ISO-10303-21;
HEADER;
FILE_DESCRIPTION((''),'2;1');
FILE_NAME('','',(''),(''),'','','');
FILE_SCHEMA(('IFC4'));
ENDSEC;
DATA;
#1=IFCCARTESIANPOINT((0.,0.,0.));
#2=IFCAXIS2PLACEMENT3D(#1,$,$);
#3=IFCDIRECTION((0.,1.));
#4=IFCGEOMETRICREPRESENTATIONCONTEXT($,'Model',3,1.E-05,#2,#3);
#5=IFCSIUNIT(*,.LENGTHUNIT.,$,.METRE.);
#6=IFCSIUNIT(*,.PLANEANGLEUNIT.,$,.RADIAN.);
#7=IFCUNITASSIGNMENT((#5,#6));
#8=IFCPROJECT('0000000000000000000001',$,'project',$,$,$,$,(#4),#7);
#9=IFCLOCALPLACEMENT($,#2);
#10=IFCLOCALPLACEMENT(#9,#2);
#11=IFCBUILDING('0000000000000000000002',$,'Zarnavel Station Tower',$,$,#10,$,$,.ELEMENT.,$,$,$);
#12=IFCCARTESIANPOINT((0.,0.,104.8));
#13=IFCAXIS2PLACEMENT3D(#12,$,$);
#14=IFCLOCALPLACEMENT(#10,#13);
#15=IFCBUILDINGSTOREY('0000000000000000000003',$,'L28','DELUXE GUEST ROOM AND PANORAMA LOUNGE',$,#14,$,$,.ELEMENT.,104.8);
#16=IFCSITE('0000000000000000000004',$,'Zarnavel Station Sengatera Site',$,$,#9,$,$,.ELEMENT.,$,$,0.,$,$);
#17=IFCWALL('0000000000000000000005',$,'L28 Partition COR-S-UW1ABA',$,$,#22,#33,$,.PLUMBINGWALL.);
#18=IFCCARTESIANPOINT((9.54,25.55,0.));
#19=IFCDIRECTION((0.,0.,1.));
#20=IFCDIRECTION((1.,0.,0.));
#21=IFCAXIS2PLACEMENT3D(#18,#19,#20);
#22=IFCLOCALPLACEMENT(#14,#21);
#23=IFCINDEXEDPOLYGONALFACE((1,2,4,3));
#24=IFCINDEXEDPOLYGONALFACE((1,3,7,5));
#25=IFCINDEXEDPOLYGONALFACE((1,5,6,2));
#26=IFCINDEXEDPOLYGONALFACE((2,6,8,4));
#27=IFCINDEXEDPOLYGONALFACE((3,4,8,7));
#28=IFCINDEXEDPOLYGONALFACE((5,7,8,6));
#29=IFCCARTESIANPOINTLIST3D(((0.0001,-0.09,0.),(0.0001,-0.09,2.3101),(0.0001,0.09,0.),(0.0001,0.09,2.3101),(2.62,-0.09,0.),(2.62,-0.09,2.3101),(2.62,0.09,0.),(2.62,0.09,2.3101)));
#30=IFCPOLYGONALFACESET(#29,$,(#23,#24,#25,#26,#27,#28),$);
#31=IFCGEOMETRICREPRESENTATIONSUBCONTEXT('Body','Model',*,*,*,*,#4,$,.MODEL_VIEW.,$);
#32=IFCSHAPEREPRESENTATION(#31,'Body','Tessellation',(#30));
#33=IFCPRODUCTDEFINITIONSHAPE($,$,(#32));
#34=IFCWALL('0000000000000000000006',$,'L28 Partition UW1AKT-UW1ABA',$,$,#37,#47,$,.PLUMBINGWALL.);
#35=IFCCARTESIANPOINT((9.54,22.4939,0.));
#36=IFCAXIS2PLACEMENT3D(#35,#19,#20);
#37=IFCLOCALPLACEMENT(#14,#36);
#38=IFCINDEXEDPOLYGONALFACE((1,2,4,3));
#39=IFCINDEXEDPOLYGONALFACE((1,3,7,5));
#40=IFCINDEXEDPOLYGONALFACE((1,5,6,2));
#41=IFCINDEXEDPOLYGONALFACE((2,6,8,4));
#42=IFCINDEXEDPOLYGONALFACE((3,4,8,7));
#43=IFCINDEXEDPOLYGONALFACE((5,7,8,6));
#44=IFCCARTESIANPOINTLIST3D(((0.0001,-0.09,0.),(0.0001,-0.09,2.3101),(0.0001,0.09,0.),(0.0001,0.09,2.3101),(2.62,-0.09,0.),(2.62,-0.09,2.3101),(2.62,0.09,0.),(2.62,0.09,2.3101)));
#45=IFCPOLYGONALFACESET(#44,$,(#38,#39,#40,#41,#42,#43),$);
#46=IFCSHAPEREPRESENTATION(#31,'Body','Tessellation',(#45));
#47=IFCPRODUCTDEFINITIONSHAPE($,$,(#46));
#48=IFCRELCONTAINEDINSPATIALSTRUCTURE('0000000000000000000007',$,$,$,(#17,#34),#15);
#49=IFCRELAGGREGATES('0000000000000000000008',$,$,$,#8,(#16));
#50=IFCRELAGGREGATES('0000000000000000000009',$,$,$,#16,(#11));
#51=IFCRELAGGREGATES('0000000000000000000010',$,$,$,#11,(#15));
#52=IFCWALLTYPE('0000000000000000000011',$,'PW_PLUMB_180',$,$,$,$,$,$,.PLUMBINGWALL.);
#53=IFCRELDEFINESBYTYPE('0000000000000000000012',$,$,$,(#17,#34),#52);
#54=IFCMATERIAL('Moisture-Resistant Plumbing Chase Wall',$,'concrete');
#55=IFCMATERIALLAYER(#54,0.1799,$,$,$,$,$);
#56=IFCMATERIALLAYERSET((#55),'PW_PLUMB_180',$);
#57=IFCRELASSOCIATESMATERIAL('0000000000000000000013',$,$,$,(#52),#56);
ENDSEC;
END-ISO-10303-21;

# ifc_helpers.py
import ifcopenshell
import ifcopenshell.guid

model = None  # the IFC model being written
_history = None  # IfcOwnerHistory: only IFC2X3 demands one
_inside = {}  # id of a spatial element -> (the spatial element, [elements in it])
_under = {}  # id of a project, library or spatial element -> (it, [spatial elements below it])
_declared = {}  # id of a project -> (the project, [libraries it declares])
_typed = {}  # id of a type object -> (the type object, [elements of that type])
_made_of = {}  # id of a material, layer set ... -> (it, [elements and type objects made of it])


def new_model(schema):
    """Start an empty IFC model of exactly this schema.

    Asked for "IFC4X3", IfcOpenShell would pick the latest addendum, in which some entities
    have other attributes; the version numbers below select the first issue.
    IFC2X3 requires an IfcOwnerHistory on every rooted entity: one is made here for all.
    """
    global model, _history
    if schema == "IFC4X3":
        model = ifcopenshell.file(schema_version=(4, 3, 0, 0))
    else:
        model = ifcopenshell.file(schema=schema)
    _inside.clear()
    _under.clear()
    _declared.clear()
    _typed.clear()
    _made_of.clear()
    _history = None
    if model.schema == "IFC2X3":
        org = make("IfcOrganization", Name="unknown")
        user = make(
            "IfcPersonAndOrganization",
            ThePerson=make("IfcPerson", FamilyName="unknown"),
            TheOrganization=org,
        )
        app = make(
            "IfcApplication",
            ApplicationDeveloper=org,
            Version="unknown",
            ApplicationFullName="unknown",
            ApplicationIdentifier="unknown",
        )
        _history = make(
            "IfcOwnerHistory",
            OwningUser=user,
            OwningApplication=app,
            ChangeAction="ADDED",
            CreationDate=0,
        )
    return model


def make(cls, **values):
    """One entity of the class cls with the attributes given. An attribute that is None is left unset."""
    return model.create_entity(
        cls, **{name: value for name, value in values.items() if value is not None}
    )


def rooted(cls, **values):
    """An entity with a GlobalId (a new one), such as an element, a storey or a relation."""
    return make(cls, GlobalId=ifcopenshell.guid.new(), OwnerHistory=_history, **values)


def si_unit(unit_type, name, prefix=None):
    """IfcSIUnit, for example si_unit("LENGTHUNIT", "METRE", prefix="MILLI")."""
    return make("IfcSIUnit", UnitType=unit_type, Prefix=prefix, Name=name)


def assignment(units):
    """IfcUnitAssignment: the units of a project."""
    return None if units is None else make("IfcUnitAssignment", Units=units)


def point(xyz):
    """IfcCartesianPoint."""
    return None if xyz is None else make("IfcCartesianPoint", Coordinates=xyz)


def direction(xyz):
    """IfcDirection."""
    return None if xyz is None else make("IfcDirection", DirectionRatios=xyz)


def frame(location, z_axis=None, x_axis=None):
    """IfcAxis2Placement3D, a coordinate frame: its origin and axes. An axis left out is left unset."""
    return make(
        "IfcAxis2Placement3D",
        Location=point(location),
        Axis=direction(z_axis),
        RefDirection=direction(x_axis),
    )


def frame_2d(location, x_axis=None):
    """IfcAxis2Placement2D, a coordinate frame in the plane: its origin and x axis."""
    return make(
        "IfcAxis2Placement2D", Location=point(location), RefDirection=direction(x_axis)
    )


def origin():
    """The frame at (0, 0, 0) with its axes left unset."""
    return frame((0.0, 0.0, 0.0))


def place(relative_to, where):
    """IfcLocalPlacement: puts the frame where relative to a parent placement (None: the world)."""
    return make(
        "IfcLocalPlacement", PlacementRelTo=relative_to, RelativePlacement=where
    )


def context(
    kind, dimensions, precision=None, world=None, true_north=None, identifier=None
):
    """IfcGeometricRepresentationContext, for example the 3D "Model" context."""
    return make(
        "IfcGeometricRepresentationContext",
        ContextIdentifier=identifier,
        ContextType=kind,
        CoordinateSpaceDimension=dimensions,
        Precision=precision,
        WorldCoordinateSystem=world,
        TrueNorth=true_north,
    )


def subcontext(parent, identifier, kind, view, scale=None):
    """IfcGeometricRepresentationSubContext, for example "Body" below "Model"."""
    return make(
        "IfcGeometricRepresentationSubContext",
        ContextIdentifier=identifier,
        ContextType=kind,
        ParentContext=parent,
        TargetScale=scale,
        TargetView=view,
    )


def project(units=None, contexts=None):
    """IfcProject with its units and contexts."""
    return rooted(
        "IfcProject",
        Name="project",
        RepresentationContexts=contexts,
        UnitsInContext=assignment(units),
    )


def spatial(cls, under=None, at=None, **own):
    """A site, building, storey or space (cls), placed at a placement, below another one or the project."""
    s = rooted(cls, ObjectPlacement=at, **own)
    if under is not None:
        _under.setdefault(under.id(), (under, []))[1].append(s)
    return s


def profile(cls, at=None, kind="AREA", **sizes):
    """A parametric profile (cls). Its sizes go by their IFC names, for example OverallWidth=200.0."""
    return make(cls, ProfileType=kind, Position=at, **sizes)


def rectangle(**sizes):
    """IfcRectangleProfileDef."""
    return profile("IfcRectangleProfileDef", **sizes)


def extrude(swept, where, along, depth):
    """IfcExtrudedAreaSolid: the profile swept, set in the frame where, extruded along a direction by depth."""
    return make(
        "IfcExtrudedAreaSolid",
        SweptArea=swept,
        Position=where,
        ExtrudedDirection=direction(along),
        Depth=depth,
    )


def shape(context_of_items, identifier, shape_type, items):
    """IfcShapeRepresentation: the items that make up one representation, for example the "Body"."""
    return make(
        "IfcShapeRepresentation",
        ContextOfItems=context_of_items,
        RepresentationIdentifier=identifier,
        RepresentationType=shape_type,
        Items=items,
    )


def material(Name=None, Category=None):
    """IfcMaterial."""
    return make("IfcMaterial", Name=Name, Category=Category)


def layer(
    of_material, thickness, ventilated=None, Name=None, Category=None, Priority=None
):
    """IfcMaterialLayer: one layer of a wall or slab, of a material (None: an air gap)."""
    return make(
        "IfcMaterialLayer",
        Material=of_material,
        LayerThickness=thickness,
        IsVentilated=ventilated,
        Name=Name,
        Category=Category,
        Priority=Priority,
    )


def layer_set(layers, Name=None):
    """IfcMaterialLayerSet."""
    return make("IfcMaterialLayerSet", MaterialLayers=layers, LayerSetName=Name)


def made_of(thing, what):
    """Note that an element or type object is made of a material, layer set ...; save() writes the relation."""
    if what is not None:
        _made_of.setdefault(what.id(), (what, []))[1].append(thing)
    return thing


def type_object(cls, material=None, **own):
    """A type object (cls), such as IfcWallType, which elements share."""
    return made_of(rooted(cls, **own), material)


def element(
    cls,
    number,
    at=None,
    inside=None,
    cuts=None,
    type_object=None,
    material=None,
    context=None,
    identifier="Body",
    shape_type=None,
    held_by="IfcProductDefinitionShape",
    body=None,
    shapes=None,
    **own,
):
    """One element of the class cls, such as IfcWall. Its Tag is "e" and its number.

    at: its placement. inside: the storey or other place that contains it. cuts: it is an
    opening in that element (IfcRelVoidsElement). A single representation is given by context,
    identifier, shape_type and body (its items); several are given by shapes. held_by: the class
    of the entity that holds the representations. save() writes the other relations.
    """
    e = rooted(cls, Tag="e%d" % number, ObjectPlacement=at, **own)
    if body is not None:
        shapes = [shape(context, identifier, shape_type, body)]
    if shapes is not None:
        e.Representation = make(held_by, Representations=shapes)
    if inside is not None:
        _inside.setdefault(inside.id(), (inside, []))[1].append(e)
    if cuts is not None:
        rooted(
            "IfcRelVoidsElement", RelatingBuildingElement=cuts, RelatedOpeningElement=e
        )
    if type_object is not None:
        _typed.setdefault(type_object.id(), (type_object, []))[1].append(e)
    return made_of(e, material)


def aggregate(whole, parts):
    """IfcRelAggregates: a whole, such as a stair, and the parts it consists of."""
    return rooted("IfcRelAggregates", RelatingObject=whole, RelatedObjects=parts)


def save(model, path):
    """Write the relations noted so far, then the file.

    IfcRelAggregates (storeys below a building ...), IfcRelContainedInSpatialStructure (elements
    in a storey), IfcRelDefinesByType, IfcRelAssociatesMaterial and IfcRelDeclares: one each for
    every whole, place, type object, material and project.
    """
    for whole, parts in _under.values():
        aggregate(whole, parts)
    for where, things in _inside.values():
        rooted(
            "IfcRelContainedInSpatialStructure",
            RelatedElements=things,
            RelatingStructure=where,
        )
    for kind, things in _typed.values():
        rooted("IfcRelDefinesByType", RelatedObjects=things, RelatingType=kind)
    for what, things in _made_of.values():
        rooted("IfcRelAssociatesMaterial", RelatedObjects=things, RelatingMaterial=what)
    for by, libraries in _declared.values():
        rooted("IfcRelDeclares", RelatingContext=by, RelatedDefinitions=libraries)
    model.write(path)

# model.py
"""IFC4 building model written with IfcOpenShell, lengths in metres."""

from ifc_helpers import new_model, si_unit, direction, frame, frame_2d, origin, place, context, subcontext, project, spatial, rectangle, extrude, material, layer, layer_set, type_object, element, save


model = new_model("IFC4")

# Units and contexts
model_context = context("Model", 3, precision=1e-05, world=origin(), true_north=direction((0.0, 1.0)))
body_context = subcontext(model_context, "Body", "Model", "MODEL_VIEW")
ifc_project = project(units=[si_unit("LENGTHUNIT", "METRE"), si_unit("PLANEANGLEUNIT", "RADIAN")], contexts=[model_context])

# Site, building, storey
site_placement = place(None, origin())
site = spatial("IfcSite", under=ifc_project, at=site_placement, Name="Zarnavel Station Sengatera Site", CompositionType="ELEMENT", RefElevation=0.0)
building_placement = place(site_placement, origin())
building = spatial("IfcBuilding", under=site, at=building_placement, Name="Zarnavel Station Tower", CompositionType="ELEMENT")
storey_placement = place(building_placement, frame((0.0, 0.0, 104.8)))
storey = spatial("IfcBuildingStorey", under=building, at=storey_placement, Name="L28", Description="DELUXE GUEST ROOM AND PANORAMA LOUNGE", CompositionType="ELEMENT", Elevation=104.8)

# Wall
ifc_material_1 = material(Name="Moisture-Resistant Plumbing Chase Wall", Category="concrete")
ifc_layer_1 = layer(ifc_material_1, 0.1799)
ifc_layer_set_1 = layer_set([ifc_layer_1], Name="PW_PLUMB_180")
wall_type_1 = type_object("IfcWallType", Name="PW_PLUMB_180", PredefinedType="PLUMBINGWALL", material=ifc_layer_set_1)
wall_1_placement = place(storey_placement, frame((9.54, 25.55, 0.0), z_axis=(0.0, 0.0, 1.0), x_axis=(1.0, 0.0, 0.0)))
element("IfcWall", 1, at=wall_1_placement, inside=storey, type_object=wall_type_1, Name="L28 Partition COR-S-UW1ABA", PredefinedType="PLUMBINGWALL", context=body_context, shape_type="SweptSolid", body=[
    extrude(rectangle(XDim=2.6199, YDim=0.1799, at=frame_2d((1.3101, 0.0))), origin(), (0.0, 0.0, 1.0), 2.3101),
])

# Wall
wall_2_placement = place(storey_placement, frame((9.54, 22.4939, 0.0), z_axis=(0.0, 0.0, 1.0), x_axis=(1.0, 0.0, 0.0)))
element("IfcWall", 2, at=wall_2_placement, inside=storey, type_object=wall_type_1, Name="L28 Partition UW1AKT-UW1ABA", PredefinedType="PLUMBINGWALL", context=body_context, shape_type="SweptSolid", body=[
    extrude(rectangle(XDim=2.6199, YDim=0.1799, at=frame_2d((1.3101, 0.0))), origin(), (0.0, 0.0, 1.0), 2.3101),
])

save(model, "model.ifc")
